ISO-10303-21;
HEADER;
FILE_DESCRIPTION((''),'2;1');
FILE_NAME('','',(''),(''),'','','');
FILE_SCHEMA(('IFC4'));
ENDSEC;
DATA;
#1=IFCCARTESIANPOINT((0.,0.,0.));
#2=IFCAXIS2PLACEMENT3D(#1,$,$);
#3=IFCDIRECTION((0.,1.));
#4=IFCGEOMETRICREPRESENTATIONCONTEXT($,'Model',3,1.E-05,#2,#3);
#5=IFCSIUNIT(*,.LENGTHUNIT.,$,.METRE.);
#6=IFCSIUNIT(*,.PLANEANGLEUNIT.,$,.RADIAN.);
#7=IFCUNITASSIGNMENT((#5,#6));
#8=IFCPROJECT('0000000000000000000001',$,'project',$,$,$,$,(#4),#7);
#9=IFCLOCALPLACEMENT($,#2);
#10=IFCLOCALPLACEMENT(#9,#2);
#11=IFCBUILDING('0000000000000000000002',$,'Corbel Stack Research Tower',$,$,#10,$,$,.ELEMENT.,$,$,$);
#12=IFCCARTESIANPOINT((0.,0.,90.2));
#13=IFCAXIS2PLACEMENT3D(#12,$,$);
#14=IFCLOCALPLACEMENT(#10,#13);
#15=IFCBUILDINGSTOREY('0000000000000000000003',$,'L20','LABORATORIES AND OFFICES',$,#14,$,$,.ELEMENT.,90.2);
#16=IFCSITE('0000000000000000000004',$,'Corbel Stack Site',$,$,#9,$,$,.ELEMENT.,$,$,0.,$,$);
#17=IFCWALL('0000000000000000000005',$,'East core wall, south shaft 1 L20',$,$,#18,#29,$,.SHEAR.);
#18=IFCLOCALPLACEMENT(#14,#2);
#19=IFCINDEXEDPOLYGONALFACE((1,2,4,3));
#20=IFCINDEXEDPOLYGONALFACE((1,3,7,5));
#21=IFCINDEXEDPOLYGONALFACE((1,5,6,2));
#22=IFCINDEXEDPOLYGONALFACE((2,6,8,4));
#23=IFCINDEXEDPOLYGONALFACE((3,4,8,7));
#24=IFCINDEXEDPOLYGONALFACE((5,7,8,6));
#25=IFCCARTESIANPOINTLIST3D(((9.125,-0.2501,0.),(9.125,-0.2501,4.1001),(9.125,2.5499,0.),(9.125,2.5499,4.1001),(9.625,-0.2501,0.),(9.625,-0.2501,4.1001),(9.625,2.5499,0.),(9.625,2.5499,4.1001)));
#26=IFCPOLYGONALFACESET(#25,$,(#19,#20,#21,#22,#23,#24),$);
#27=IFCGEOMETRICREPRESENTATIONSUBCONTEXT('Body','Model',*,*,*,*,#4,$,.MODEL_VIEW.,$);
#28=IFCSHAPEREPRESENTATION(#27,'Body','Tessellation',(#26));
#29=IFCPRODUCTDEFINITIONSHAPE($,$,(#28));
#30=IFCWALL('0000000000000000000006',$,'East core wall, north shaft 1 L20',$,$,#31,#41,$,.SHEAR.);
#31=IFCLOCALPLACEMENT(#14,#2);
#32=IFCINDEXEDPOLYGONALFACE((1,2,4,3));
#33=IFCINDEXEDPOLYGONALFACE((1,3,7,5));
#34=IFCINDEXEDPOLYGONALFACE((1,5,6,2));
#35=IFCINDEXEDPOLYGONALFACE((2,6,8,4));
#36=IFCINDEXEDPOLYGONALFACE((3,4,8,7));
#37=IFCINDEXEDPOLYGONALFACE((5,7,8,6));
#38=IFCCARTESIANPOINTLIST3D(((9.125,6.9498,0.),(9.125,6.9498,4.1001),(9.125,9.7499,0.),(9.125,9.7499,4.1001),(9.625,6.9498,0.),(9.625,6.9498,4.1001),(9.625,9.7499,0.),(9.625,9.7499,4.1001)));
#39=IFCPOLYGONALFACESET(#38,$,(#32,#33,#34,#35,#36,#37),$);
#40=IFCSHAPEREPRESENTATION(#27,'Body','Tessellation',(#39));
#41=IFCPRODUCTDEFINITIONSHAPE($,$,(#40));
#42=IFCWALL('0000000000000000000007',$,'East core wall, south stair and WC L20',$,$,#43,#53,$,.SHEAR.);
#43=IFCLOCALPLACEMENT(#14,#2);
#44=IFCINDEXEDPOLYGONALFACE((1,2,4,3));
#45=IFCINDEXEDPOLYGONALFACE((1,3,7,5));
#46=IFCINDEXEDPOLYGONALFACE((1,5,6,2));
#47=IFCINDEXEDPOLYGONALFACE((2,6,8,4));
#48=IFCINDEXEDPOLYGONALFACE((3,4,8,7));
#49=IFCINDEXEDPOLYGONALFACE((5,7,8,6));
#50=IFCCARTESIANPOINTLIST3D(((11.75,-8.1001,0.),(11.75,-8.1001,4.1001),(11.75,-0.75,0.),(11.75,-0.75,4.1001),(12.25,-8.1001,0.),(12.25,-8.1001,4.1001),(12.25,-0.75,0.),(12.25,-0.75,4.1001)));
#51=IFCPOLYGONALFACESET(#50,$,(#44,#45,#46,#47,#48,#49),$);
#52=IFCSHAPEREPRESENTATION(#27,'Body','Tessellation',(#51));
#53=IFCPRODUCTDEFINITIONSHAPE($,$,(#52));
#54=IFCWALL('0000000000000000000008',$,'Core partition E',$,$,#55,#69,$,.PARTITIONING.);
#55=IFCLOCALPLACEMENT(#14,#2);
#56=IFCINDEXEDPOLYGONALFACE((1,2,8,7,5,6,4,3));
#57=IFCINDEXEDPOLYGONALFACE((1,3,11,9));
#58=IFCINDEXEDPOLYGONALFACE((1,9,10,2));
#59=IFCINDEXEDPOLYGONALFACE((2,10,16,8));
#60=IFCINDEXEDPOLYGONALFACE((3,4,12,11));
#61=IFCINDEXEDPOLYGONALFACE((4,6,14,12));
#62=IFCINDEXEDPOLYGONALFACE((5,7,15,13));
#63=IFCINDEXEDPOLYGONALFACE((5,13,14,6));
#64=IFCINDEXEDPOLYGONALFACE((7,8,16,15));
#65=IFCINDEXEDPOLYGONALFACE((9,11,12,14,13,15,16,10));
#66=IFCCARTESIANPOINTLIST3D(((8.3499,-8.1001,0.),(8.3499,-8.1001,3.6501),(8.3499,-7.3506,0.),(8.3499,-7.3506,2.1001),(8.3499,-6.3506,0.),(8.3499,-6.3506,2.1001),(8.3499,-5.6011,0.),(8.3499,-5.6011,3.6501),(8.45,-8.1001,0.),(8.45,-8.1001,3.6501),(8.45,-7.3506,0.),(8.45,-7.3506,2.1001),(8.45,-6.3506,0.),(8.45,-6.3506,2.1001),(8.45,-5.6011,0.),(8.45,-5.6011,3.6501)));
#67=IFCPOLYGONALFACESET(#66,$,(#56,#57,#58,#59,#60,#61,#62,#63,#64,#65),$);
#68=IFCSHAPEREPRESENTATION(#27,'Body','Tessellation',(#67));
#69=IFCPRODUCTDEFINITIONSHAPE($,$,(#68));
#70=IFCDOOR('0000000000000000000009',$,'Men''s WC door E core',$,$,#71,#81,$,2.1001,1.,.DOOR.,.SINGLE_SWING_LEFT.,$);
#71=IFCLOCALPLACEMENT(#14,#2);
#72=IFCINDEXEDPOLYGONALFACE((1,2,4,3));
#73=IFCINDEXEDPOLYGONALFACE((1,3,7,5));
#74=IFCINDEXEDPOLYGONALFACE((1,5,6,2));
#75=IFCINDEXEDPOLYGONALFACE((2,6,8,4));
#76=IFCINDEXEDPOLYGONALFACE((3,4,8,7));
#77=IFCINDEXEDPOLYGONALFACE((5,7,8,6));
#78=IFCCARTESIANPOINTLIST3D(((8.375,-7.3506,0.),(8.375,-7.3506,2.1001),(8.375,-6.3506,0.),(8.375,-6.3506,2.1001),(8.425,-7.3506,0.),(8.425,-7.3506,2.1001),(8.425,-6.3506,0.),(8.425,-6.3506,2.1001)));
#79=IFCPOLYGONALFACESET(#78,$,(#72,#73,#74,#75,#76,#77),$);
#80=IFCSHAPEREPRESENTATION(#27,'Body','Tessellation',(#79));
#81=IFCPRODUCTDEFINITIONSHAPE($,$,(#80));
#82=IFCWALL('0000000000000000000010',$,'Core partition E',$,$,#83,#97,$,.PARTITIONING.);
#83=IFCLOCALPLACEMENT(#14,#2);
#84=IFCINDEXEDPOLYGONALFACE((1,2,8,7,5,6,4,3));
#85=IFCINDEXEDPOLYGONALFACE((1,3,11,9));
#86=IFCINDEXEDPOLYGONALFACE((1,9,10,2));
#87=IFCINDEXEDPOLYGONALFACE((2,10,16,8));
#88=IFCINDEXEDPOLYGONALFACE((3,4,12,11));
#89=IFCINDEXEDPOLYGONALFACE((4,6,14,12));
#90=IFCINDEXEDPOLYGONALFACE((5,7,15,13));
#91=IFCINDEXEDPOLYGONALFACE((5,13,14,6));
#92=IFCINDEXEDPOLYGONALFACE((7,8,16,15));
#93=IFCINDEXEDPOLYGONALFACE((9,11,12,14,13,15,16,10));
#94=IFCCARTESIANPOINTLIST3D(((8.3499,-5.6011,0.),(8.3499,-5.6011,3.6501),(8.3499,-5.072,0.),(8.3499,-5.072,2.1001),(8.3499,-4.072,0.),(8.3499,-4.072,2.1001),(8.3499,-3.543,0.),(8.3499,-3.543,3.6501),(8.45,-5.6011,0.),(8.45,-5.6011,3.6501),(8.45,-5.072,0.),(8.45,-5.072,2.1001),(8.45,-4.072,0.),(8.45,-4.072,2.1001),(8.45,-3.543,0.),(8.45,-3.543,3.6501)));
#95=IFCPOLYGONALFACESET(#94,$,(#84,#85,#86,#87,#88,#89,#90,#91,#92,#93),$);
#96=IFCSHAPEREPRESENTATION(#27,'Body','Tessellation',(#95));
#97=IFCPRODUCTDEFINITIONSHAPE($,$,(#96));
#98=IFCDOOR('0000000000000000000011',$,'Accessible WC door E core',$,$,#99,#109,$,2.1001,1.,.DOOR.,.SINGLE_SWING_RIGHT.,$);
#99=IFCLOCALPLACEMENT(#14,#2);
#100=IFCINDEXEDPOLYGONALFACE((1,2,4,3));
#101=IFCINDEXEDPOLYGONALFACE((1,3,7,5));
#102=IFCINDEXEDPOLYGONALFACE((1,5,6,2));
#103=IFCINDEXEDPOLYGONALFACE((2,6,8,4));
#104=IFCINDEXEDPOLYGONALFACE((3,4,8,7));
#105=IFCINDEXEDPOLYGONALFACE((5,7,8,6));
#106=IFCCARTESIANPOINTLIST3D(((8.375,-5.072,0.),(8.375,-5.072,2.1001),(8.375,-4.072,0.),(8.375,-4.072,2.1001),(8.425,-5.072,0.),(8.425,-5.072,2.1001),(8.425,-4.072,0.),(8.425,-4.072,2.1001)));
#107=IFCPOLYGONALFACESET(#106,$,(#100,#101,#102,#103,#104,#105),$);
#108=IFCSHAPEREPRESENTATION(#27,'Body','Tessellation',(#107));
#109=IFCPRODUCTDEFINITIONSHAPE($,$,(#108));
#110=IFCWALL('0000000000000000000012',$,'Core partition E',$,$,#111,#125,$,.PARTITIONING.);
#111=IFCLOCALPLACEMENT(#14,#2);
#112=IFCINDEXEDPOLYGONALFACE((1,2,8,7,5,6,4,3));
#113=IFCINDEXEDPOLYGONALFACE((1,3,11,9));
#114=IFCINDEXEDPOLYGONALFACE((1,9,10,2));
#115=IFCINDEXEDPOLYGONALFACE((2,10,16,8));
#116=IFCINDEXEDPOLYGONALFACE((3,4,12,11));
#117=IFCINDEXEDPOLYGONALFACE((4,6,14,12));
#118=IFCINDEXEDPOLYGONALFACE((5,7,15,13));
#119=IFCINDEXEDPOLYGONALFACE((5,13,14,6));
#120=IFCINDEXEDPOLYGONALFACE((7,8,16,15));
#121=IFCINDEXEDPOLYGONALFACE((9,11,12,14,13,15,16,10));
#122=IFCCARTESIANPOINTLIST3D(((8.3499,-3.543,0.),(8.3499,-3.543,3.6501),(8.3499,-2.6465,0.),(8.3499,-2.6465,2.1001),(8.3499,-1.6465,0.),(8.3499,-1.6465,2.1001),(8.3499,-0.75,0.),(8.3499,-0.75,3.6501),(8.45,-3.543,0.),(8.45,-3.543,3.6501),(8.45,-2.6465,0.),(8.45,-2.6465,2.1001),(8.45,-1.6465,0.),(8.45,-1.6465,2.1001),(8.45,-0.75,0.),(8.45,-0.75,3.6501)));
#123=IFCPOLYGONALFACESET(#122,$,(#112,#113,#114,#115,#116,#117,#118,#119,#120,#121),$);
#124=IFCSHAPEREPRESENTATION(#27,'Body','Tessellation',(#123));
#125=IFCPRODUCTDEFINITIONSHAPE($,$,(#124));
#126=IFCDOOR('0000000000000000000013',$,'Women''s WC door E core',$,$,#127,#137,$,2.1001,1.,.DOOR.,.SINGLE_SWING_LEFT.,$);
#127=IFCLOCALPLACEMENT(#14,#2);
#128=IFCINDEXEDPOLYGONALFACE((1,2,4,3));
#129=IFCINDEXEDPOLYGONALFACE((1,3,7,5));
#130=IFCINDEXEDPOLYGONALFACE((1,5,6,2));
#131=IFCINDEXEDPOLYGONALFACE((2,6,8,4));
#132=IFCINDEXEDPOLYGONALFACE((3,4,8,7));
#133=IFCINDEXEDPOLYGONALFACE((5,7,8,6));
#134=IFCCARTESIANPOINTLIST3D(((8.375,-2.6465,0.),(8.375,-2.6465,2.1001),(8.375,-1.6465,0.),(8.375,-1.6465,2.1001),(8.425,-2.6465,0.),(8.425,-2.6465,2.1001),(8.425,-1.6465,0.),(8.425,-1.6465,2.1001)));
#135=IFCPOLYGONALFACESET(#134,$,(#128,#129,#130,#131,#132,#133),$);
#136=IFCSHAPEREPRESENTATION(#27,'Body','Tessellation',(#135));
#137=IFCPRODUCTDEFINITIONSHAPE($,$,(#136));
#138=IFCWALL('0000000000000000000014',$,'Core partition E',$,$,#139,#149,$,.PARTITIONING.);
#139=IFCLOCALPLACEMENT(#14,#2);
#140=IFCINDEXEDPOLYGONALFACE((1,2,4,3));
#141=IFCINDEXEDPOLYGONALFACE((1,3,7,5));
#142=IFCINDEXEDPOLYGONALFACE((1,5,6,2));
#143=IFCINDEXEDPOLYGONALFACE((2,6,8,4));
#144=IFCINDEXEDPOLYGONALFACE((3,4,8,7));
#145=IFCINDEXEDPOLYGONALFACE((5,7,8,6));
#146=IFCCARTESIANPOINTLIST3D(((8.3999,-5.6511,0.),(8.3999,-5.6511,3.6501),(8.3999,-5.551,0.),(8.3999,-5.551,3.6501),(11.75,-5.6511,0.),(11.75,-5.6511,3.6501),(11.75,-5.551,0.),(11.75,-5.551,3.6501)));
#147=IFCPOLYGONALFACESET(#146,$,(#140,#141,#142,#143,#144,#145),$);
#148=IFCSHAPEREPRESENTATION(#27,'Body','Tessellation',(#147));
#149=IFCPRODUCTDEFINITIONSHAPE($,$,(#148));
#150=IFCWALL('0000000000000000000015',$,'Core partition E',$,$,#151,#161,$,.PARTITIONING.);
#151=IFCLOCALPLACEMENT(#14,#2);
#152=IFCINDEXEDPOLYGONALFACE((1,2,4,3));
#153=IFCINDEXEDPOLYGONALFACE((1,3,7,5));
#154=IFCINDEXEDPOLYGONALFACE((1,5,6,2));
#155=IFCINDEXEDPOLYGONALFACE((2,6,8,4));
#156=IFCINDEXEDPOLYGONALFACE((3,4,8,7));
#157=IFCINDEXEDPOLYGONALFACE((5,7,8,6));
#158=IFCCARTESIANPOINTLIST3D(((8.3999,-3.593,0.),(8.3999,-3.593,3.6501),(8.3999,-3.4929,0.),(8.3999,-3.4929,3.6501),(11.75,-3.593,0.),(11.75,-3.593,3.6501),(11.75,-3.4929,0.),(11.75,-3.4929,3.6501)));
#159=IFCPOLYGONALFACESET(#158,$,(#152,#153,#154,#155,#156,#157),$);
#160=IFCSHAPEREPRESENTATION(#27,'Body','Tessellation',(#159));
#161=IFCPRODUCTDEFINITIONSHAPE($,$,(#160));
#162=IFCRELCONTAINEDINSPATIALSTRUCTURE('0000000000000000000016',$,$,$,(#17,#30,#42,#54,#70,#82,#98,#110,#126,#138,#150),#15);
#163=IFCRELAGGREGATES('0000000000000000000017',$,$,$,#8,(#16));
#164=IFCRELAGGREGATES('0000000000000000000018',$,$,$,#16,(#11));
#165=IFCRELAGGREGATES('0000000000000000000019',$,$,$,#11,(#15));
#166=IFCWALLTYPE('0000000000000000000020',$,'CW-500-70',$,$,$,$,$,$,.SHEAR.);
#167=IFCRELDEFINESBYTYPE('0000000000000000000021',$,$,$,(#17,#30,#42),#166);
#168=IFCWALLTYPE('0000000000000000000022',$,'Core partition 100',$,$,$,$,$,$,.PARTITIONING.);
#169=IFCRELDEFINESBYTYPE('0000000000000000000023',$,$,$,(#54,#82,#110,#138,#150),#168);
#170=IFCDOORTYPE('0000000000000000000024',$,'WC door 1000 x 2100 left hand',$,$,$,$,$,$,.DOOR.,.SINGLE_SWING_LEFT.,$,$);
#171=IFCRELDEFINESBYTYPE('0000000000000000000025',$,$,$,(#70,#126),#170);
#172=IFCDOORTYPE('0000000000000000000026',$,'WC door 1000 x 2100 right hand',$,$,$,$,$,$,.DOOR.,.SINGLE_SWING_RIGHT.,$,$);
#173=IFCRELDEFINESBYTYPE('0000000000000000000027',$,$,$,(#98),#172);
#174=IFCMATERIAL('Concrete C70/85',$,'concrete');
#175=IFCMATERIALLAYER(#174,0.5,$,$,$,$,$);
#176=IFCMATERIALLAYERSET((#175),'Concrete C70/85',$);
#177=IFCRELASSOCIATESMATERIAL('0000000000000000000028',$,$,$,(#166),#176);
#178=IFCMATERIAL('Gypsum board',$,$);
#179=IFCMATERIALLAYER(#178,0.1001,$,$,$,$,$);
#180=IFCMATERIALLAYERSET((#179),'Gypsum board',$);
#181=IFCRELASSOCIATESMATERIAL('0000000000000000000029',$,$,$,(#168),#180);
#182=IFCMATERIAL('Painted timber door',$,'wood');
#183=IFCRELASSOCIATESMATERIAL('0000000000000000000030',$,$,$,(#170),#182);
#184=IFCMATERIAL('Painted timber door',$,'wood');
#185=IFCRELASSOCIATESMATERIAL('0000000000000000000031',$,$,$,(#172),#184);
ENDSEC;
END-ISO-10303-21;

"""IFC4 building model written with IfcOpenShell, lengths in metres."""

from ifc_helpers import new_model, si_unit, direction, frame, frame_2d, origin, place, context, subcontext, project, spatial, rectangle, extrude, material, layer, layer_set, type_object, element, fill, save


model = new_model("IFC4")

# Units and contexts
model_context = context("Model", 3, precision=1e-05, world=origin(), true_north=direction((0.0, 1.0)))
body_context = subcontext(model_context, "Body", "Model", "MODEL_VIEW")
ifc_project = project(units=[si_unit("LENGTHUNIT", "METRE"), si_unit("PLANEANGLEUNIT", "RADIAN")], contexts=[model_context])

# Site, building, storey
site_placement = place(None, origin())
site = spatial("IfcSite", under=ifc_project, at=site_placement, Name="Corbel Stack Site", CompositionType="ELEMENT", RefElevation=0.0)
building_placement = place(site_placement, origin())
building = spatial("IfcBuilding", under=site, at=building_placement, Name="Corbel Stack Research Tower", CompositionType="ELEMENT")
storey_placement = place(building_placement, frame((0.0, 0.0, 90.2)))
storey = spatial("IfcBuildingStorey", under=building, at=storey_placement, Name="L20", Description="LABORATORIES AND OFFICES", CompositionType="ELEMENT", Elevation=90.2)

# Shared definitions
ifc_material_1 = material(Name="Concrete C70/85", Category="concrete")
ifc_layer_1 = layer(ifc_material_1, 0.5)
ifc_layer_set_1 = layer_set([ifc_layer_1], Name="Concrete C70/85")
wall_type_1 = type_object("IfcWallType", Name="CW-500-70", PredefinedType="SHEAR", material=ifc_layer_set_1)

# Walls
for number, where, z_axis, x_axis, name in (
    (1, (9.375, -0.25, 0.0), (0.0, 0.0, 1.0), (0.0, 1.0, 0.0), "East core wall, south shaft 1 L20"),
    (2, (9.375, 6.95, 0.0), (0.0, 0.0, 1.0), (0.0, 1.0, 0.0), "East core wall, north shaft 1 L20"),
):
    element("IfcWall", number, at=place(storey_placement, frame(where, z_axis=z_axis, x_axis=x_axis)), inside=storey, type_object=wall_type_1, Name=name, PredefinedType="SHEAR", context=body_context, shape_type="SweptSolid", body=[
        extrude(rectangle(XDim=2.8, YDim=0.5, at=frame_2d((1.3999, 0.0))), origin(), (0.0, 0.0, 1.0), 4.1001),
    ])
wall_1_placement = place(storey_placement, frame((12.0, -8.1001, 0.0), z_axis=(0.0, 0.0, 1.0), x_axis=(0.0, 1.0, 0.0)))
element("IfcWall", 3, at=wall_1_placement, inside=storey, type_object=wall_type_1, Name="East core wall, south stair and WC L20", PredefinedType="SHEAR", context=body_context, shape_type="SweptSolid", body=[
    extrude(rectangle(XDim=7.3501, YDim=0.5, at=frame_2d((3.675, 0.0))), origin(), (0.0, 0.0, 1.0), 4.1001),
])

# Walls, openings, doors
ifc_material_2 = material(Name="Gypsum board")
ifc_layer_2 = layer(ifc_material_2, 0.1001)
ifc_layer_set_2 = layer_set([ifc_layer_2], Name="Gypsum board")
wall_type_2 = type_object("IfcWallType", Name="Core partition 100", PredefinedType="PARTITIONING", material=ifc_layer_set_2)
wall_2_placement = place(storey_placement, frame((8.3999, -8.1001, 0.0), z_axis=(0.0, 0.0, 1.0), x_axis=(0.0, 1.0, 0.0)))
wall_2 = element("IfcWall", 4, at=wall_2_placement, inside=storey, type_object=wall_type_2, Name="Core partition E", PredefinedType="PARTITIONING", context=body_context, shape_type="SweptSolid", body=[
    extrude(rectangle(XDim=2.499, YDim=0.1001, at=frame_2d((1.2495, 0.0))), origin(), (0.0, 0.0, 1.0), 3.6501),
])
opening_1_placement = place(wall_2_placement, frame((0.7495, 0.0, 0.0)))
opening_1 = element("IfcOpeningElement", 5, at=opening_1_placement, cuts=wall_2, PredefinedType="OPENING", context=body_context, shape_type="SweptSolid", body=[
    extrude(rectangle(XDim=1.0, YDim=2.1001, at=frame_2d((0.5, 1.05))), frame((0.0, 0.0601, 0.0), z_axis=(0.0, -1.0, 0.0), x_axis=(1.0, 0.0, 0.0)), (0.0, 0.0, 1.0), 0.1201),
])
ifc_material_3 = material(Name="Painted timber door", Category="wood")
door_type_1 = type_object("IfcDoorType", Name="WC door 1000 x 2100 left hand", OperationType="SINGLE_SWING_LEFT", PredefinedType="DOOR", material=ifc_material_3)
door_1_placement = place(opening_1_placement, origin())
door_1 = element("IfcDoor", 6, at=door_1_placement, inside=storey, type_object=door_type_1, Name="Men's WC door E core", OperationType="SINGLE_SWING_LEFT", OverallHeight=2.1001, OverallWidth=1.0, PredefinedType="DOOR", context=body_context, shape_type="SweptSolid", body=[
    extrude(rectangle(XDim=1.0, YDim=2.1001, at=frame_2d((0.5, 1.05))), frame((0.0, 0.0249, 0.0), z_axis=(0.0, -1.0, 0.0), x_axis=(1.0, 0.0, 0.0)), (0.0, 0.0, 1.0), 0.05),
])
fill(opening_1, door_1)
wall_3_placement = place(storey_placement, frame((8.3999, -5.6011, 0.0), z_axis=(0.0, 0.0, 1.0), x_axis=(0.0, 1.0, 0.0)))
wall_3 = element("IfcWall", 7, at=wall_3_placement, inside=storey, type_object=wall_type_2, Name="Core partition E", PredefinedType="PARTITIONING", context=body_context, shape_type="SweptSolid", body=[
    extrude(rectangle(XDim=2.0581, YDim=0.1001, at=frame_2d((1.0291, 0.0))), origin(), (0.0, 0.0, 1.0), 3.6501),
])
opening_2_placement = place(wall_3_placement, frame((0.5291, 0.0, 0.0)))
opening_2 = element("IfcOpeningElement", 8, at=opening_2_placement, cuts=wall_3, PredefinedType="OPENING", context=body_context, shape_type="SweptSolid", body=[
    extrude(rectangle(XDim=1.0, YDim=2.1001, at=frame_2d((0.5, 1.05))), frame((0.0, 0.0601, 0.0), z_axis=(0.0, -1.0, 0.0), x_axis=(1.0, 0.0, 0.0)), (0.0, 0.0, 1.0), 0.1201),
])
ifc_material_4 = material(Name="Painted timber door", Category="wood")
door_type_2 = type_object("IfcDoorType", Name="WC door 1000 x 2100 right hand", OperationType="SINGLE_SWING_RIGHT", PredefinedType="DOOR", material=ifc_material_4)
door_2_placement = place(opening_2_placement, origin())
door_2 = element("IfcDoor", 9, at=door_2_placement, inside=storey, type_object=door_type_2, Name="Accessible WC door E core", OperationType="SINGLE_SWING_RIGHT", OverallHeight=2.1001, OverallWidth=1.0, PredefinedType="DOOR", context=body_context, shape_type="SweptSolid", body=[
    extrude(rectangle(XDim=1.0, YDim=2.1001, at=frame_2d((0.5, 1.05))), frame((0.0, 0.0249, 0.0), z_axis=(0.0, -1.0, 0.0), x_axis=(1.0, 0.0, 0.0)), (0.0, 0.0, 1.0), 0.05),
])
fill(opening_2, door_2)
wall_4_placement = place(storey_placement, frame((8.3999, -3.543, 0.0), z_axis=(0.0, 0.0, 1.0), x_axis=(0.0, 1.0, 0.0)))
wall_4 = element("IfcWall", 10, at=wall_4_placement, inside=storey, type_object=wall_type_2, Name="Core partition E", PredefinedType="PARTITIONING", context=body_context, shape_type="SweptSolid", body=[
    extrude(rectangle(XDim=2.793, YDim=0.1001, at=frame_2d((1.3965, 0.0))), origin(), (0.0, 0.0, 1.0), 3.6501),
])
opening_3_placement = place(wall_4_placement, frame((0.8965, 0.0, 0.0)))
opening_3 = element("IfcOpeningElement", 11, at=opening_3_placement, cuts=wall_4, PredefinedType="OPENING", context=body_context, shape_type="SweptSolid", body=[
    extrude(rectangle(XDim=1.0, YDim=2.1001, at=frame_2d((0.5, 1.05))), frame((0.0, 0.0601, 0.0), z_axis=(0.0, -1.0, 0.0), x_axis=(1.0, 0.0, 0.0)), (0.0, 0.0, 1.0), 0.1201),
])
door_3_placement = place(opening_3_placement, origin())
door_3 = element("IfcDoor", 12, at=door_3_placement, inside=storey, type_object=door_type_1, Name="Women's WC door E core", OperationType="SINGLE_SWING_LEFT", OverallHeight=2.1001, OverallWidth=1.0, PredefinedType="DOOR", context=body_context, shape_type="SweptSolid", body=[
    extrude(rectangle(XDim=1.0, YDim=2.1001, at=frame_2d((0.5, 1.05))), frame((0.0, 0.0249, 0.0), z_axis=(0.0, -1.0, 0.0), x_axis=(1.0, 0.0, 0.0)), (0.0, 0.0, 1.0), 0.05),
])
fill(opening_3, door_3)

# Walls
for number, where, z_axis, x_axis, name in (
    (13, (8.3999, -5.6011, 0.0), (0.0, 0.0, 1.0), (1.0, 0.0, 0.0), "Core partition E"),
    (14, (8.3999, -3.543, 0.0), (0.0, 0.0, 1.0), (1.0, 0.0, 0.0), "Core partition E"),
):
    element("IfcWall", number, at=place(storey_placement, frame(where, z_axis=z_axis, x_axis=x_axis)), inside=storey, type_object=wall_type_2, Name=name, PredefinedType="PARTITIONING", context=body_context, shape_type="SweptSolid", body=[
        extrude(rectangle(XDim=3.3501, YDim=0.1001, at=frame_2d((1.675, 0.0))), origin(), (0.0, 0.0, 1.0), 3.6501),
    ])

save(model, "model.ifc")
